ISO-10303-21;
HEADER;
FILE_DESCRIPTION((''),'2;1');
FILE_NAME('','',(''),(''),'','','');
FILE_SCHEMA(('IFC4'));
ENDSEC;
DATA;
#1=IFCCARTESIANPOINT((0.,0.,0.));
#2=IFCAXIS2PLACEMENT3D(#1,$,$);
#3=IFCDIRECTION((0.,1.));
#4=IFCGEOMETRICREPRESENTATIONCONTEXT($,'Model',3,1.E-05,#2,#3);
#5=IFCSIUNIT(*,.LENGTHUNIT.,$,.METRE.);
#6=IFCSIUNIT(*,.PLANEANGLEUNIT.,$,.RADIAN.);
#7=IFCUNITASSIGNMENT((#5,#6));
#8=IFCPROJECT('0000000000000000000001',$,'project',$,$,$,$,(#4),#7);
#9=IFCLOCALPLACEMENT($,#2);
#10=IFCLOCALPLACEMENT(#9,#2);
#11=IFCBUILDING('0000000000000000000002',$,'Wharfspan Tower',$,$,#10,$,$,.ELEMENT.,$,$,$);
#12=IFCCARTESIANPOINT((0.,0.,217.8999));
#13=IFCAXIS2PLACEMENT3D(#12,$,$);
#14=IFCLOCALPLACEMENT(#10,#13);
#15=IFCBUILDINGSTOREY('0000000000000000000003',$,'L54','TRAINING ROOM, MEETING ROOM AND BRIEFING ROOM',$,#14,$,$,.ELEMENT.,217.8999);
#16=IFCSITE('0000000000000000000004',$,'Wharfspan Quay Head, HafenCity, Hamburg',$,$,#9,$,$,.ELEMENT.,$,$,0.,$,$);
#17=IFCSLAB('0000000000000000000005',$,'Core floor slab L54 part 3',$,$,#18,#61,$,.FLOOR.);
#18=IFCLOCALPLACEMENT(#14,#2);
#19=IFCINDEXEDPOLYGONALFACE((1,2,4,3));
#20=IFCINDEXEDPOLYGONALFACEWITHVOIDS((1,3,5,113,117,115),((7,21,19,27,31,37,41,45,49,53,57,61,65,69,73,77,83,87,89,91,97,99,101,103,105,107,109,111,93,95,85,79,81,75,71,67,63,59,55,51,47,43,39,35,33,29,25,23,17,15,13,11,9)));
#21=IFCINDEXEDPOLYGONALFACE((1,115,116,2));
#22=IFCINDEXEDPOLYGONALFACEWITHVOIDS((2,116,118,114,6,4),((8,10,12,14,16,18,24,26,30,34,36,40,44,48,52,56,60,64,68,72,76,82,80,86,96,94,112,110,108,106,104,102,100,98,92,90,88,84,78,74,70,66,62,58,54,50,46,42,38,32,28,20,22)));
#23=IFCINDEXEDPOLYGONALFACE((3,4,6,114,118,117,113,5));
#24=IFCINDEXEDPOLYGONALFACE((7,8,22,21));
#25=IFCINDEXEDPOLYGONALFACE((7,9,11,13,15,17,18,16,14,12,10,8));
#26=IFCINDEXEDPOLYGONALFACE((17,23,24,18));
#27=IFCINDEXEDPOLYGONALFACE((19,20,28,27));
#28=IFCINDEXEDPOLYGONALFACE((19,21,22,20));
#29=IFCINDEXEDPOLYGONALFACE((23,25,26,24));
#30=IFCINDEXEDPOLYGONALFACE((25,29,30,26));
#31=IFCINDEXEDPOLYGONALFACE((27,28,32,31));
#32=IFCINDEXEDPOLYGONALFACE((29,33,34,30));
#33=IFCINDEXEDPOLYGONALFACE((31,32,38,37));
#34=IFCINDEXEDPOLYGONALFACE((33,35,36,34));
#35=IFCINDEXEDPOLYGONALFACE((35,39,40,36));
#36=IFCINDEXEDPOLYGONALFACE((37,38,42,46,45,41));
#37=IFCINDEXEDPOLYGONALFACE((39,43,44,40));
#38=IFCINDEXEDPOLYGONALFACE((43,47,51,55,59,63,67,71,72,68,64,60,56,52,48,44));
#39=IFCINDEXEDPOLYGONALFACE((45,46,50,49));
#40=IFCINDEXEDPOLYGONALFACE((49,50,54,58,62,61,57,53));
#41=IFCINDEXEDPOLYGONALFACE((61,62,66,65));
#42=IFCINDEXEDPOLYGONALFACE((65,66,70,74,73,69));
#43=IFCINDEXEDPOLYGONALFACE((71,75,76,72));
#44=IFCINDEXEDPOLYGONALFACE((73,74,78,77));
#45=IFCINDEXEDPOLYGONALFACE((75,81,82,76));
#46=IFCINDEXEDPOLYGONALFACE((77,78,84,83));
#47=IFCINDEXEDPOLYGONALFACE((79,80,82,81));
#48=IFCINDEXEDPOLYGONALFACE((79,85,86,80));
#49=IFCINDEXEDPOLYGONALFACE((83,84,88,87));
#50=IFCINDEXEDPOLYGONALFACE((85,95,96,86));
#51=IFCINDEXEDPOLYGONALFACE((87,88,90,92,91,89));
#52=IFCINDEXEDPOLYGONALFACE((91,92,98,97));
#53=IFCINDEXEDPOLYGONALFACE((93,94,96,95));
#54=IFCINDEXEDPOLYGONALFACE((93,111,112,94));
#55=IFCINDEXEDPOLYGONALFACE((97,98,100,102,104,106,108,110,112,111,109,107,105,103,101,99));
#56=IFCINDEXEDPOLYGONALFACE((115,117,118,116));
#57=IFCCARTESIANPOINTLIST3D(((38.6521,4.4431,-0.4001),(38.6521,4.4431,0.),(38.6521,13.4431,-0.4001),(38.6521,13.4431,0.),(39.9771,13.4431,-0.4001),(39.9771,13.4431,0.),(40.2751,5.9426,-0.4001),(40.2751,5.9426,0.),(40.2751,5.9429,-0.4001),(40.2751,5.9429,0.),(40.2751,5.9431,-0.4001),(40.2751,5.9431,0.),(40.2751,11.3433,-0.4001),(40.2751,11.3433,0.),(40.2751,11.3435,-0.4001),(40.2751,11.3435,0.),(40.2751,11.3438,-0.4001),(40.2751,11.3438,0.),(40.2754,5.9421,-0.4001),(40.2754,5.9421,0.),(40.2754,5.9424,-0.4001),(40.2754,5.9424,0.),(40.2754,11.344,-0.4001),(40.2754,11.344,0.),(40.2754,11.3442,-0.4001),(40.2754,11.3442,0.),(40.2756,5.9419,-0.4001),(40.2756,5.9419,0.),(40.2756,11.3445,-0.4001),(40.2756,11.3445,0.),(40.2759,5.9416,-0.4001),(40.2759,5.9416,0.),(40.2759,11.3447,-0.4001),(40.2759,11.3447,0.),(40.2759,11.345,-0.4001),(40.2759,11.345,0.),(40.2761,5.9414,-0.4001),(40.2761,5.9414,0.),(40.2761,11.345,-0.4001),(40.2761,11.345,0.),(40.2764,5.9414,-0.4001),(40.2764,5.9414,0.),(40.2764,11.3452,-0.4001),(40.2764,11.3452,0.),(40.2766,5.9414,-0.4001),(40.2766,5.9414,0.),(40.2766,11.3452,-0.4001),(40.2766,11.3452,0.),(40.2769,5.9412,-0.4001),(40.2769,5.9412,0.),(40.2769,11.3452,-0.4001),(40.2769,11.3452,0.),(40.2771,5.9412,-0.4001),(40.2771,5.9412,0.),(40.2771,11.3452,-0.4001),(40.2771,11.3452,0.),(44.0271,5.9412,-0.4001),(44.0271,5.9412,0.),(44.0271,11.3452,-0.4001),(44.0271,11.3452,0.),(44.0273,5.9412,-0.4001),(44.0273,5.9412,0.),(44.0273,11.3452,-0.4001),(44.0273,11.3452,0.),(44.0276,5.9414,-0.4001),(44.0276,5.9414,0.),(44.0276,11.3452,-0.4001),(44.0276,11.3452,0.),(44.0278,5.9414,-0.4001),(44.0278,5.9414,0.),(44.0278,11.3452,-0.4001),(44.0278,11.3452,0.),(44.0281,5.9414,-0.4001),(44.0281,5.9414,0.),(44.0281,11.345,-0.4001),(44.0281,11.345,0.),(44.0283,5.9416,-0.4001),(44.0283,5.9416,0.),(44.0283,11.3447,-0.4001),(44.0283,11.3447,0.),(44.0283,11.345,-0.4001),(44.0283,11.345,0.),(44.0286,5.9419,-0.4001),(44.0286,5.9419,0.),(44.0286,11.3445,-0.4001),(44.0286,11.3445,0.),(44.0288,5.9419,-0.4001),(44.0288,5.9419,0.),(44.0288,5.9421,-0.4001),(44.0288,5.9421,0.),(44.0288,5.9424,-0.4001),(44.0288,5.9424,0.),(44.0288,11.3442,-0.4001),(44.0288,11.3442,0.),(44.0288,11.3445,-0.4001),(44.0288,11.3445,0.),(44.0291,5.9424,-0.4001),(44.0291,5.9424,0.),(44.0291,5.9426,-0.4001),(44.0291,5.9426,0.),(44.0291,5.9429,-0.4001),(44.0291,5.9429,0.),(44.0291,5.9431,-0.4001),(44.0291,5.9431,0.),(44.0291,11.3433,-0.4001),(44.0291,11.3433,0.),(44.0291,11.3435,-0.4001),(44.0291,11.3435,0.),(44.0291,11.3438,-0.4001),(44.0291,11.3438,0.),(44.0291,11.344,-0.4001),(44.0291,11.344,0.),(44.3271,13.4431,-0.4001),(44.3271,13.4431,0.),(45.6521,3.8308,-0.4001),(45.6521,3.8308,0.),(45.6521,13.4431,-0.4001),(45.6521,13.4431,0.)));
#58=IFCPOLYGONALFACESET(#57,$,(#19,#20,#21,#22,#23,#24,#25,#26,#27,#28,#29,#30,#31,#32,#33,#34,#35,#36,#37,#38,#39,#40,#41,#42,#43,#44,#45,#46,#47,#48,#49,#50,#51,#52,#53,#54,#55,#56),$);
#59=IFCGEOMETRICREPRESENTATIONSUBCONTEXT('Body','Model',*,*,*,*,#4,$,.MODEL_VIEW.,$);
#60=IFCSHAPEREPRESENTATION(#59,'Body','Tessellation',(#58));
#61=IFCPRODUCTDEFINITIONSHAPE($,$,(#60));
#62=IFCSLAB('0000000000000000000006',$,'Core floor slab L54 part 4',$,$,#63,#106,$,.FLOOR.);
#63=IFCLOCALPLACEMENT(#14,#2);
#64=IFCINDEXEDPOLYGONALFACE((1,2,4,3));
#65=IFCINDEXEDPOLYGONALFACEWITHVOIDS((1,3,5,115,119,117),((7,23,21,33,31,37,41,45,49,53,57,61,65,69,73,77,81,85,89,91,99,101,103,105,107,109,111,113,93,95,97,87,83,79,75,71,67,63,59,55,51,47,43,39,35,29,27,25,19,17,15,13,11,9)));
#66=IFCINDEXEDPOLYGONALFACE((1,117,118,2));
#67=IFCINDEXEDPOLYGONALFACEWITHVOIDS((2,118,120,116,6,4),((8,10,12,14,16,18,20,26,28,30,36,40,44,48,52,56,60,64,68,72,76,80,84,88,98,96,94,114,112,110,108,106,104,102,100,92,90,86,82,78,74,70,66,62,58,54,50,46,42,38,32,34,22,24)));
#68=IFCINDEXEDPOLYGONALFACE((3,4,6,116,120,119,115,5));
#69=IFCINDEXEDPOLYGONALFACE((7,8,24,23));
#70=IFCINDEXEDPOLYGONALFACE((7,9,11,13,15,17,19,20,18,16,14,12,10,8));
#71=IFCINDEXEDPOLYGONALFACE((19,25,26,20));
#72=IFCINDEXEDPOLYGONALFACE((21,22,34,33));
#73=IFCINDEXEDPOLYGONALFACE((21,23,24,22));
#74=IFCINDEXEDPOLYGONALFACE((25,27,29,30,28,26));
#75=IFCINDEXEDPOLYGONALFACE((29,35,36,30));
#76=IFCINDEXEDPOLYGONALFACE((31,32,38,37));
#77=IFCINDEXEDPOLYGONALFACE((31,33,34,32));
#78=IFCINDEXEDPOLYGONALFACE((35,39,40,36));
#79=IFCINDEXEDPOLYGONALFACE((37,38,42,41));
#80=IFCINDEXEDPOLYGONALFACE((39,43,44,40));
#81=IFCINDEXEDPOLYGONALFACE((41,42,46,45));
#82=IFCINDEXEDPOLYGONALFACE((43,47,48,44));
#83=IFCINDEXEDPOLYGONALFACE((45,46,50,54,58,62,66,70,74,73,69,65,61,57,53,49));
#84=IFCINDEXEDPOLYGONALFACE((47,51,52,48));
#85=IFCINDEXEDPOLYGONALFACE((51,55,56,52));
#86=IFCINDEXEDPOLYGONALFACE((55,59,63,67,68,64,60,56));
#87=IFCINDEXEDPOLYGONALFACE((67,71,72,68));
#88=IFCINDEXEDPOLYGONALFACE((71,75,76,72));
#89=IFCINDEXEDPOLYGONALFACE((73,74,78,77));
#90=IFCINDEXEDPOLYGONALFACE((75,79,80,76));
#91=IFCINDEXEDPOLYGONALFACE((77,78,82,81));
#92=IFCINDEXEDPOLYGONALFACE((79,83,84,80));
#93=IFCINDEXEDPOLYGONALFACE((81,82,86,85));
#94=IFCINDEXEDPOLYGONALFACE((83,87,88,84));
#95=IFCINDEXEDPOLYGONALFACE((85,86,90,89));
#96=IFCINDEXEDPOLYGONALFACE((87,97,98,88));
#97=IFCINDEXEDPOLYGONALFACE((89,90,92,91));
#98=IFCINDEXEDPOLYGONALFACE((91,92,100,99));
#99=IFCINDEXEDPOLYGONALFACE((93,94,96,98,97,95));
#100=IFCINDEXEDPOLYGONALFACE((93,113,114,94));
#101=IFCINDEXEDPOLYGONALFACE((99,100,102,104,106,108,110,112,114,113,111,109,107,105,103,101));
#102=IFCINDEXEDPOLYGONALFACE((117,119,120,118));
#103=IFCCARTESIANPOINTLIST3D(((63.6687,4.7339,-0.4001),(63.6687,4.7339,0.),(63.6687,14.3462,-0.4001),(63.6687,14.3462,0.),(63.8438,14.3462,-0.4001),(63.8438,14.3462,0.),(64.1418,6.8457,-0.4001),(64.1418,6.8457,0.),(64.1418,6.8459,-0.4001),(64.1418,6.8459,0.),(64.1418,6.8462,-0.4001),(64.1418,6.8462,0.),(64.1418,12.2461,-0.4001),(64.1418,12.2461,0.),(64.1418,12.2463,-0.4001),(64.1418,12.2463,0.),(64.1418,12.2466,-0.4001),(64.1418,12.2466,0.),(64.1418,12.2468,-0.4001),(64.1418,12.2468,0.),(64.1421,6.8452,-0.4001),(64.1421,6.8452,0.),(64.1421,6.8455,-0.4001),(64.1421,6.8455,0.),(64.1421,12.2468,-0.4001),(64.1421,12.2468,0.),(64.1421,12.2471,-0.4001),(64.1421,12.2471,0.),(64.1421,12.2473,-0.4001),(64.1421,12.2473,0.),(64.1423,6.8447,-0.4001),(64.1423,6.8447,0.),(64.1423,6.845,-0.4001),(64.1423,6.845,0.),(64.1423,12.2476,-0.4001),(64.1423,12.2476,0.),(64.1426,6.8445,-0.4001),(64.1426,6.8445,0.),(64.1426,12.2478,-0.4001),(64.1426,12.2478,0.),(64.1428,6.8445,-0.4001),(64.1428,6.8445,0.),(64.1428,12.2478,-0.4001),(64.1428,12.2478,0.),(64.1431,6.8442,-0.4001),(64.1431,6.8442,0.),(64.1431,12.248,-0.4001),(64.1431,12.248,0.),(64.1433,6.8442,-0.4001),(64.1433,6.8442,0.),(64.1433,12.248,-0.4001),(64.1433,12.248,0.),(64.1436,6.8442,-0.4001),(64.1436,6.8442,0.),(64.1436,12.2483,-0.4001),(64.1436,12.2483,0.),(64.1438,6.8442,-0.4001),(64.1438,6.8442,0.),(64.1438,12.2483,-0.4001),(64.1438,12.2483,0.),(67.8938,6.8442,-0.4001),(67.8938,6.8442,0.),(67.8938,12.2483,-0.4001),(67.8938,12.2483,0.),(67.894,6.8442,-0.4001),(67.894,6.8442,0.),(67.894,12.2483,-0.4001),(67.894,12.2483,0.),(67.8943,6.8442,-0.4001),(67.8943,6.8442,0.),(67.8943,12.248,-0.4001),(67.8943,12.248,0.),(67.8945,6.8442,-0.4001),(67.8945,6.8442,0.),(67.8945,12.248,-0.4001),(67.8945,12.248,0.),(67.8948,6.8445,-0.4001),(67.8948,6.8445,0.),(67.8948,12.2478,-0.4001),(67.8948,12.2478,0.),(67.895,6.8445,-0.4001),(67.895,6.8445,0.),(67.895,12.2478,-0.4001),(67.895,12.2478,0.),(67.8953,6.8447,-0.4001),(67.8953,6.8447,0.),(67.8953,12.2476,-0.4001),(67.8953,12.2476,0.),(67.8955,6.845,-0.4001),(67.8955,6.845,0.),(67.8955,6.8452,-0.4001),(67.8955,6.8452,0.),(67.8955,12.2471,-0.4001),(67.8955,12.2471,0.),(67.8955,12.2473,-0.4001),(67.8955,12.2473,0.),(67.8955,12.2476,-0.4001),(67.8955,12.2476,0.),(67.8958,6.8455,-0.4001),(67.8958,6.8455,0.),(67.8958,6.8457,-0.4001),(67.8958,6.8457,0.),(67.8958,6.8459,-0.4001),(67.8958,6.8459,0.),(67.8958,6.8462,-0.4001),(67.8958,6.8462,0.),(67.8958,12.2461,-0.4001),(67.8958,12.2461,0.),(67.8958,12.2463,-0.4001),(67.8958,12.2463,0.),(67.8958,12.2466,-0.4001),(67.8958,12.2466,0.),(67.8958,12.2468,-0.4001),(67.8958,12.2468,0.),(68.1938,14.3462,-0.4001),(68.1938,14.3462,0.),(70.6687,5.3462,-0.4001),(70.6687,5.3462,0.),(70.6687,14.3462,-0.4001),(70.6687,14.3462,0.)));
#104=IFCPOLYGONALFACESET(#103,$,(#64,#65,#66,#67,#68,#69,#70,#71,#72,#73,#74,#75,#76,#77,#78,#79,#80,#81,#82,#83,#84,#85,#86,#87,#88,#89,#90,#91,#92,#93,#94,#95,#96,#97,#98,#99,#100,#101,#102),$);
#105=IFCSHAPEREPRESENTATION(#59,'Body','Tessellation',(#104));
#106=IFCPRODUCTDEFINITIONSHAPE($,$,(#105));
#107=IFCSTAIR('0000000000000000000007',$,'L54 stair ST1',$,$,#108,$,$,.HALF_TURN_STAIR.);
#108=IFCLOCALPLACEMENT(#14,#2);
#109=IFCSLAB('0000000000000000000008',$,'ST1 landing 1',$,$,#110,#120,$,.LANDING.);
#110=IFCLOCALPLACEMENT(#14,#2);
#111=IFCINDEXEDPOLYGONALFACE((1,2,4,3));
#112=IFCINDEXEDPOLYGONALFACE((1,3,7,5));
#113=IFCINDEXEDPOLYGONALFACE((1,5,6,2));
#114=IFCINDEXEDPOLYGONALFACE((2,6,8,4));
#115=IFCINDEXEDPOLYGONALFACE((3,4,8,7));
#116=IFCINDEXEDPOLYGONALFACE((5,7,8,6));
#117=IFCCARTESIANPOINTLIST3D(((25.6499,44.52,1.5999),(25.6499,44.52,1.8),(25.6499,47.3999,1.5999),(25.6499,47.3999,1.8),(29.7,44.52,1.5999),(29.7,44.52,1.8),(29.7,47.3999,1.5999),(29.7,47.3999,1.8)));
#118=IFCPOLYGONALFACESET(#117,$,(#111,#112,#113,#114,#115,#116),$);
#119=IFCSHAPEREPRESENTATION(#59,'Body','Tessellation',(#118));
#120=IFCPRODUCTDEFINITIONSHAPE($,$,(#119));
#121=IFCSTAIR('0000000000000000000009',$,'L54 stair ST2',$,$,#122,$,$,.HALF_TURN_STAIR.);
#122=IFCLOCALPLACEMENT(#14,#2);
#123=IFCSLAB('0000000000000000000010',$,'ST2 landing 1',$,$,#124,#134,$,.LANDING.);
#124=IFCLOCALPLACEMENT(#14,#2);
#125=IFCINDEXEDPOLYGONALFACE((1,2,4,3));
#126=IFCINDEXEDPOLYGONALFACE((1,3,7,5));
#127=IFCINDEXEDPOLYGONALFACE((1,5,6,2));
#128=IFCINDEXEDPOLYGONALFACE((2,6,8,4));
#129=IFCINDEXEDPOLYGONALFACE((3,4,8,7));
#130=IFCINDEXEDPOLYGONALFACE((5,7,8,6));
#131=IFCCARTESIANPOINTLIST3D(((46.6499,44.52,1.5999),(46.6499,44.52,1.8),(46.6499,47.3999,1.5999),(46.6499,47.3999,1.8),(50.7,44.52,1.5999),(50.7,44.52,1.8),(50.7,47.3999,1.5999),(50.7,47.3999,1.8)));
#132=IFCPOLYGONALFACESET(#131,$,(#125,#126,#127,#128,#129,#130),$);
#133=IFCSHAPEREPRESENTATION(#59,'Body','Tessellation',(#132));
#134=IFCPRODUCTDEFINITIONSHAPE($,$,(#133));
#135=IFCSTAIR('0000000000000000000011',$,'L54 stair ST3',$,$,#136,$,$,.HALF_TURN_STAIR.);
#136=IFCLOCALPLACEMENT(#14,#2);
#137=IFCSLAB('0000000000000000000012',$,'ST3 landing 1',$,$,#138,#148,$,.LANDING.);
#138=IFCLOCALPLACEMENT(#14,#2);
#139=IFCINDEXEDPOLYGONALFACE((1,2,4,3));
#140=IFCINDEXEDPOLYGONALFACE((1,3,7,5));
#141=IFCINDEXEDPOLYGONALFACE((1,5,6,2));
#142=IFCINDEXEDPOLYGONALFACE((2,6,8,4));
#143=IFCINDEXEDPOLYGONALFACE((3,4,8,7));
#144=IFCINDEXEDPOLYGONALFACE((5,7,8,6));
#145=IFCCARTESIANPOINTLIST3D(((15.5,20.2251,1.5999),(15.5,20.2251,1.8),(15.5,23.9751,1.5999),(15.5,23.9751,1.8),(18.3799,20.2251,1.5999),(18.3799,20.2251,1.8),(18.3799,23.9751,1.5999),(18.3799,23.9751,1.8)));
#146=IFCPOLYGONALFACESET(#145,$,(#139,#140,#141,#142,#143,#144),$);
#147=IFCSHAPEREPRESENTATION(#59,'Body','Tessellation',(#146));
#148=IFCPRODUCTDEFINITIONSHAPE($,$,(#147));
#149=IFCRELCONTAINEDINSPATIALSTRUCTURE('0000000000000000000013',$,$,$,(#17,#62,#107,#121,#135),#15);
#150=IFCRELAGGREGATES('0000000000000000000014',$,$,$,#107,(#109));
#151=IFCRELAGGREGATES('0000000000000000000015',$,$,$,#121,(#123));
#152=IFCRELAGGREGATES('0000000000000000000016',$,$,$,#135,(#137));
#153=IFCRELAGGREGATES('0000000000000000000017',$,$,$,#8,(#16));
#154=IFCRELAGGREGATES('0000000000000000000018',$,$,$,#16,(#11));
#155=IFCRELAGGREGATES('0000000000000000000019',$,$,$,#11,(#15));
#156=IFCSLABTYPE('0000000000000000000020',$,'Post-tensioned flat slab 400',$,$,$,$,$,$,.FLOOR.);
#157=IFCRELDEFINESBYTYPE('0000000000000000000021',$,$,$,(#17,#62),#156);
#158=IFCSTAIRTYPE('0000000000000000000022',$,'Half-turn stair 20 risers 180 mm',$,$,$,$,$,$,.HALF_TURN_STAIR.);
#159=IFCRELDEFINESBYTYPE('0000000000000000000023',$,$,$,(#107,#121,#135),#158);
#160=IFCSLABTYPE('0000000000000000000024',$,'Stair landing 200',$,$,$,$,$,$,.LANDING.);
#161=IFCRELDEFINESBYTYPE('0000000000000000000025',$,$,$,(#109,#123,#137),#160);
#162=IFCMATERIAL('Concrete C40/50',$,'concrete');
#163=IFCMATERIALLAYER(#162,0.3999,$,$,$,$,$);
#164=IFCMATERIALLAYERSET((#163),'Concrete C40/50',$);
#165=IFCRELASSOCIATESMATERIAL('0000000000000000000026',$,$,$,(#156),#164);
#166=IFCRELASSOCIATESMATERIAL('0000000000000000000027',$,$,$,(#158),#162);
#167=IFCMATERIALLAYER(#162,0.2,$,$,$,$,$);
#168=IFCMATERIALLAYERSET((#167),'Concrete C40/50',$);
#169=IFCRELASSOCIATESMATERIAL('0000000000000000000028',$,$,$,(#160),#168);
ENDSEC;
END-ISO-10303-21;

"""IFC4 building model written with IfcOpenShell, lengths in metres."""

from ifc_helpers import new_model, si_unit, direction, frame, origin, place, context, subcontext, project, spatial, polyline, outline, extrude, material, layer, layer_set, type_object, element, aggregate, save


model = new_model("IFC4")

# Units and contexts
model_context = context("Model", 3, precision=1e-05, world=origin(), true_north=direction((0.0, 1.0)))
body_context = subcontext(model_context, "Body", "Model", "MODEL_VIEW")
ifc_project = project(units=[si_unit("LENGTHUNIT", "METRE"), si_unit("PLANEANGLEUNIT", "RADIAN")], contexts=[model_context])

# Site, building, storey
site_placement = place(None, origin())
site = spatial("IfcSite", under=ifc_project, at=site_placement, Name="Wharfspan Quay Head, HafenCity, Hamburg", CompositionType="ELEMENT", RefElevation=0.0)
building_placement = place(site_placement, origin())
building = spatial("IfcBuilding", under=site, at=building_placement, Name="Wharfspan Tower", CompositionType="ELEMENT")
storey_placement = place(building_placement, frame((0.0, 0.0, 217.8999)))
storey = spatial("IfcBuildingStorey", under=building, at=storey_placement, Name="L54", Description="TRAINING ROOM, MEETING ROOM AND BRIEFING ROOM", CompositionType="ELEMENT", Elevation=217.8999)

# Slabs
ifc_material_1 = material(Name="Concrete C40/50", Category="concrete")
ifc_layer_1 = layer(ifc_material_1, 0.3999)
ifc_layer_set_1 = layer_set([ifc_layer_1], Name="Concrete C40/50")
slab_type_1 = type_object("IfcSlabType", Name="Post-tensioned flat slab 400", PredefinedType="FLOOR", material=ifc_layer_set_1)
slab_1_placement = place(storey_placement, frame((0.0, 0.0, -0.4001)))
element("IfcSlab", 1, at=slab_1_placement, inside=storey, type_object=slab_type_1, Name="Core floor slab L54 part 3", PredefinedType="FLOOR", context=body_context, shape_type="SweptSolid", body=[
    extrude(outline(polyline([(44.3271, 13.4431), (39.9771, 13.4431), (38.6521, 13.4431), (38.6521, 4.4431), (45.6521, 3.8308), (45.6521, 13.4431), (44.3271, 13.4431)]), holes=[polyline([(40.2751, 11.3433), (40.2751, 11.3435), (40.2751, 11.3435), (40.2751, 11.3438), (40.2754, 11.344), (40.2754, 11.3442), (40.2754, 11.3442), (40.2756, 11.3445), (40.2756, 11.3445), (40.2759, 11.3447), (40.2759, 11.345), (40.2761, 11.345), (40.2764, 11.3452), (40.2766, 11.3452), (40.2766, 11.3452), (40.2769, 11.3452), (40.2771, 11.3452), (44.0271, 11.3452), (44.0273, 11.3452), (44.0276, 11.3452), (44.0276, 11.3452), (44.0278, 11.3452), (44.0281, 11.345), (44.0283, 11.345), (44.0283, 11.3447), (44.0286, 11.3445), (44.0288, 11.3445), (44.0288, 11.3442), (44.0288, 11.3442), (44.0291, 11.344), (44.0291, 11.3438), (44.0291, 11.3435), (44.0291, 11.3435), (44.0291, 11.3433), (44.0291, 5.9431), (44.0291, 5.9431), (44.0291, 5.9429), (44.0291, 5.9426), (44.0291, 5.9424), (44.0288, 5.9424), (44.0288, 5.9421), (44.0288, 5.9419), (44.0286, 5.9419), (44.0283, 5.9417), (44.0283, 5.9417), (44.0281, 5.9414), (44.0278, 5.9414), (44.0276, 5.9414), (44.0276, 5.9414), (44.0273, 5.9412), (44.0271, 5.9412), (40.2771, 5.9412), (40.2769, 5.9412), (40.2766, 5.9414), (40.2766, 5.9414), (40.2764, 5.9414), (40.2761, 5.9414), (40.2759, 5.9417), (40.2759, 5.9417), (40.2756, 5.9419), (40.2756, 5.9419), (40.2754, 5.9421), (40.2754, 5.9424), (40.2754, 5.9424), (40.2751, 5.9426), (40.2751, 5.9429), (40.2751, 5.9431), (40.2751, 5.9431), (40.2751, 11.3433)])]), origin(), (0.0, 0.0, 1.0), 0.4001),
])
slab_2_placement = place(storey_placement, frame((0.0, 0.0, -0.4001)))
element("IfcSlab", 2, at=slab_2_placement, inside=storey, type_object=slab_type_1, Name="Core floor slab L54 part 4", PredefinedType="FLOOR", context=body_context, shape_type="SweptSolid", body=[
    extrude(outline(polyline([(70.6687, 14.3462), (68.1938, 14.3462), (63.8438, 14.3462), (63.6687, 14.3462), (63.6687, 4.7339), (70.6687, 5.3462), (70.6687, 14.3462)]), holes=[polyline([(64.1418, 12.2461), (64.1418, 12.2463), (64.1418, 12.2466), (64.1418, 12.2468), (64.1421, 12.2468), (64.1421, 12.2471), (64.1421, 12.2473), (64.1423, 12.2476), (64.1423, 12.2476), (64.1426, 12.2478), (64.1426, 12.2478), (64.1428, 12.2478), (64.1431, 12.248), (64.1433, 12.248), (64.1433, 12.248), (64.1436, 12.2483), (64.1438, 12.2483), (67.8938, 12.2483), (67.894, 12.2483), (67.8943, 12.248), (67.8943, 12.248), (67.8945, 12.248), (67.8948, 12.2478), (67.895, 12.2478), (67.895, 12.2478), (67.8953, 12.2476), (67.8955, 12.2476), (67.8955, 12.2473), (67.8955, 12.2471), (67.8958, 12.2468), (67.8958, 12.2468), (67.8958, 12.2466), (67.8958, 12.2463), (67.8958, 12.2461), (67.8958, 6.8462), (67.8958, 6.8459), (67.8958, 6.8457), (67.8958, 6.8457), (67.8958, 6.8455), (67.8955, 6.8452), (67.8955, 6.8452), (67.8955, 6.845), (67.8953, 6.8447), (67.895, 6.8445), (67.895, 6.8445), (67.8948, 6.8445), (67.8945, 6.8442), (67.8943, 6.8442), (67.8943, 6.8442), (67.894, 6.8442), (67.8938, 6.8442), (64.1438, 6.8442), (64.1436, 6.8442), (64.1433, 6.8442), (64.1433, 6.8442), (64.1431, 6.8442), (64.1428, 6.8445), (64.1426, 6.8445), (64.1426, 6.8445), (64.1423, 6.8447), (64.1423, 6.845), (64.1421, 6.8452), (64.1421, 6.8452), (64.1421, 6.8455), (64.1418, 6.8457), (64.1418, 6.8457), (64.1418, 6.8459), (64.1418, 6.8462), (64.1418, 12.2461)])]), origin(), (0.0, 0.0, 1.0), 0.4001),
])

# Stairs, slabs
stair_type = type_object("IfcStairType", Name="Half-turn stair 20 risers 180 mm", PredefinedType="HALF_TURN_STAIR", material=ifc_material_1)
stair_1_placement = place(storey_placement, origin())
stair_1 = element("IfcStair", 3, at=stair_1_placement, inside=storey, type_object=stair_type, Name="L54 stair ST1", PredefinedType="HALF_TURN_STAIR")
ifc_layer_2 = layer(ifc_material_1, 0.2)
ifc_layer_set_2 = layer_set([ifc_layer_2], Name="Concrete C40/50")
slab_type_2 = type_object("IfcSlabType", Name="Stair landing 200", PredefinedType="LANDING", material=ifc_layer_set_2)
slab_3_placement = place(storey_placement, frame((0.0, 0.0, 1.5999)))
slab_3 = element("IfcSlab", 4, at=slab_3_placement, type_object=slab_type_2, Name="ST1 landing 1", PredefinedType="LANDING", context=body_context, shape_type="SweptSolid", body=[
    extrude(outline(polyline([(25.6499, 44.52), (29.7, 44.52), (29.7, 47.3999), (25.6499, 47.3999), (25.6499, 44.52)])), origin(), (0.0, 0.0, 1.0), 0.2002),
])
aggregate(stair_1, [slab_3])
stair_2_placement = place(storey_placement, origin())
stair_2 = element("IfcStair", 5, at=stair_2_placement, inside=storey, type_object=stair_type, Name="L54 stair ST2", PredefinedType="HALF_TURN_STAIR")
slab_4_placement = place(storey_placement, frame((0.0, 0.0, 1.5999)))
slab_4 = element("IfcSlab", 6, at=slab_4_placement, type_object=slab_type_2, Name="ST2 landing 1", PredefinedType="LANDING", context=body_context, shape_type="SweptSolid", body=[
    extrude(outline(polyline([(46.6499, 44.52), (50.7, 44.52), (50.7, 47.3999), (46.6499, 47.3999), (46.6499, 44.52)])), origin(), (0.0, 0.0, 1.0), 0.2002),
])
aggregate(stair_2, [slab_4])
stair_3_placement = place(storey_placement, origin())
stair_3 = element("IfcStair", 7, at=stair_3_placement, inside=storey, type_object=stair_type, Name="L54 stair ST3", PredefinedType="HALF_TURN_STAIR")
slab_5_placement = place(storey_placement, frame((0.0, 0.0, 1.5999)))
slab_5 = element("IfcSlab", 8, at=slab_5_placement, type_object=slab_type_2, Name="ST3 landing 1", PredefinedType="LANDING", context=body_context, shape_type="SweptSolid", body=[
    extrude(outline(polyline([(18.3799, 23.9751), (15.5, 23.9751), (15.5, 20.2251), (18.3799, 20.2251), (18.3799, 23.9751)])), origin(), (0.0, 0.0, 1.0), 0.2002),
])
aggregate(stair_3, [slab_5])

save(model, "model.ifc")
